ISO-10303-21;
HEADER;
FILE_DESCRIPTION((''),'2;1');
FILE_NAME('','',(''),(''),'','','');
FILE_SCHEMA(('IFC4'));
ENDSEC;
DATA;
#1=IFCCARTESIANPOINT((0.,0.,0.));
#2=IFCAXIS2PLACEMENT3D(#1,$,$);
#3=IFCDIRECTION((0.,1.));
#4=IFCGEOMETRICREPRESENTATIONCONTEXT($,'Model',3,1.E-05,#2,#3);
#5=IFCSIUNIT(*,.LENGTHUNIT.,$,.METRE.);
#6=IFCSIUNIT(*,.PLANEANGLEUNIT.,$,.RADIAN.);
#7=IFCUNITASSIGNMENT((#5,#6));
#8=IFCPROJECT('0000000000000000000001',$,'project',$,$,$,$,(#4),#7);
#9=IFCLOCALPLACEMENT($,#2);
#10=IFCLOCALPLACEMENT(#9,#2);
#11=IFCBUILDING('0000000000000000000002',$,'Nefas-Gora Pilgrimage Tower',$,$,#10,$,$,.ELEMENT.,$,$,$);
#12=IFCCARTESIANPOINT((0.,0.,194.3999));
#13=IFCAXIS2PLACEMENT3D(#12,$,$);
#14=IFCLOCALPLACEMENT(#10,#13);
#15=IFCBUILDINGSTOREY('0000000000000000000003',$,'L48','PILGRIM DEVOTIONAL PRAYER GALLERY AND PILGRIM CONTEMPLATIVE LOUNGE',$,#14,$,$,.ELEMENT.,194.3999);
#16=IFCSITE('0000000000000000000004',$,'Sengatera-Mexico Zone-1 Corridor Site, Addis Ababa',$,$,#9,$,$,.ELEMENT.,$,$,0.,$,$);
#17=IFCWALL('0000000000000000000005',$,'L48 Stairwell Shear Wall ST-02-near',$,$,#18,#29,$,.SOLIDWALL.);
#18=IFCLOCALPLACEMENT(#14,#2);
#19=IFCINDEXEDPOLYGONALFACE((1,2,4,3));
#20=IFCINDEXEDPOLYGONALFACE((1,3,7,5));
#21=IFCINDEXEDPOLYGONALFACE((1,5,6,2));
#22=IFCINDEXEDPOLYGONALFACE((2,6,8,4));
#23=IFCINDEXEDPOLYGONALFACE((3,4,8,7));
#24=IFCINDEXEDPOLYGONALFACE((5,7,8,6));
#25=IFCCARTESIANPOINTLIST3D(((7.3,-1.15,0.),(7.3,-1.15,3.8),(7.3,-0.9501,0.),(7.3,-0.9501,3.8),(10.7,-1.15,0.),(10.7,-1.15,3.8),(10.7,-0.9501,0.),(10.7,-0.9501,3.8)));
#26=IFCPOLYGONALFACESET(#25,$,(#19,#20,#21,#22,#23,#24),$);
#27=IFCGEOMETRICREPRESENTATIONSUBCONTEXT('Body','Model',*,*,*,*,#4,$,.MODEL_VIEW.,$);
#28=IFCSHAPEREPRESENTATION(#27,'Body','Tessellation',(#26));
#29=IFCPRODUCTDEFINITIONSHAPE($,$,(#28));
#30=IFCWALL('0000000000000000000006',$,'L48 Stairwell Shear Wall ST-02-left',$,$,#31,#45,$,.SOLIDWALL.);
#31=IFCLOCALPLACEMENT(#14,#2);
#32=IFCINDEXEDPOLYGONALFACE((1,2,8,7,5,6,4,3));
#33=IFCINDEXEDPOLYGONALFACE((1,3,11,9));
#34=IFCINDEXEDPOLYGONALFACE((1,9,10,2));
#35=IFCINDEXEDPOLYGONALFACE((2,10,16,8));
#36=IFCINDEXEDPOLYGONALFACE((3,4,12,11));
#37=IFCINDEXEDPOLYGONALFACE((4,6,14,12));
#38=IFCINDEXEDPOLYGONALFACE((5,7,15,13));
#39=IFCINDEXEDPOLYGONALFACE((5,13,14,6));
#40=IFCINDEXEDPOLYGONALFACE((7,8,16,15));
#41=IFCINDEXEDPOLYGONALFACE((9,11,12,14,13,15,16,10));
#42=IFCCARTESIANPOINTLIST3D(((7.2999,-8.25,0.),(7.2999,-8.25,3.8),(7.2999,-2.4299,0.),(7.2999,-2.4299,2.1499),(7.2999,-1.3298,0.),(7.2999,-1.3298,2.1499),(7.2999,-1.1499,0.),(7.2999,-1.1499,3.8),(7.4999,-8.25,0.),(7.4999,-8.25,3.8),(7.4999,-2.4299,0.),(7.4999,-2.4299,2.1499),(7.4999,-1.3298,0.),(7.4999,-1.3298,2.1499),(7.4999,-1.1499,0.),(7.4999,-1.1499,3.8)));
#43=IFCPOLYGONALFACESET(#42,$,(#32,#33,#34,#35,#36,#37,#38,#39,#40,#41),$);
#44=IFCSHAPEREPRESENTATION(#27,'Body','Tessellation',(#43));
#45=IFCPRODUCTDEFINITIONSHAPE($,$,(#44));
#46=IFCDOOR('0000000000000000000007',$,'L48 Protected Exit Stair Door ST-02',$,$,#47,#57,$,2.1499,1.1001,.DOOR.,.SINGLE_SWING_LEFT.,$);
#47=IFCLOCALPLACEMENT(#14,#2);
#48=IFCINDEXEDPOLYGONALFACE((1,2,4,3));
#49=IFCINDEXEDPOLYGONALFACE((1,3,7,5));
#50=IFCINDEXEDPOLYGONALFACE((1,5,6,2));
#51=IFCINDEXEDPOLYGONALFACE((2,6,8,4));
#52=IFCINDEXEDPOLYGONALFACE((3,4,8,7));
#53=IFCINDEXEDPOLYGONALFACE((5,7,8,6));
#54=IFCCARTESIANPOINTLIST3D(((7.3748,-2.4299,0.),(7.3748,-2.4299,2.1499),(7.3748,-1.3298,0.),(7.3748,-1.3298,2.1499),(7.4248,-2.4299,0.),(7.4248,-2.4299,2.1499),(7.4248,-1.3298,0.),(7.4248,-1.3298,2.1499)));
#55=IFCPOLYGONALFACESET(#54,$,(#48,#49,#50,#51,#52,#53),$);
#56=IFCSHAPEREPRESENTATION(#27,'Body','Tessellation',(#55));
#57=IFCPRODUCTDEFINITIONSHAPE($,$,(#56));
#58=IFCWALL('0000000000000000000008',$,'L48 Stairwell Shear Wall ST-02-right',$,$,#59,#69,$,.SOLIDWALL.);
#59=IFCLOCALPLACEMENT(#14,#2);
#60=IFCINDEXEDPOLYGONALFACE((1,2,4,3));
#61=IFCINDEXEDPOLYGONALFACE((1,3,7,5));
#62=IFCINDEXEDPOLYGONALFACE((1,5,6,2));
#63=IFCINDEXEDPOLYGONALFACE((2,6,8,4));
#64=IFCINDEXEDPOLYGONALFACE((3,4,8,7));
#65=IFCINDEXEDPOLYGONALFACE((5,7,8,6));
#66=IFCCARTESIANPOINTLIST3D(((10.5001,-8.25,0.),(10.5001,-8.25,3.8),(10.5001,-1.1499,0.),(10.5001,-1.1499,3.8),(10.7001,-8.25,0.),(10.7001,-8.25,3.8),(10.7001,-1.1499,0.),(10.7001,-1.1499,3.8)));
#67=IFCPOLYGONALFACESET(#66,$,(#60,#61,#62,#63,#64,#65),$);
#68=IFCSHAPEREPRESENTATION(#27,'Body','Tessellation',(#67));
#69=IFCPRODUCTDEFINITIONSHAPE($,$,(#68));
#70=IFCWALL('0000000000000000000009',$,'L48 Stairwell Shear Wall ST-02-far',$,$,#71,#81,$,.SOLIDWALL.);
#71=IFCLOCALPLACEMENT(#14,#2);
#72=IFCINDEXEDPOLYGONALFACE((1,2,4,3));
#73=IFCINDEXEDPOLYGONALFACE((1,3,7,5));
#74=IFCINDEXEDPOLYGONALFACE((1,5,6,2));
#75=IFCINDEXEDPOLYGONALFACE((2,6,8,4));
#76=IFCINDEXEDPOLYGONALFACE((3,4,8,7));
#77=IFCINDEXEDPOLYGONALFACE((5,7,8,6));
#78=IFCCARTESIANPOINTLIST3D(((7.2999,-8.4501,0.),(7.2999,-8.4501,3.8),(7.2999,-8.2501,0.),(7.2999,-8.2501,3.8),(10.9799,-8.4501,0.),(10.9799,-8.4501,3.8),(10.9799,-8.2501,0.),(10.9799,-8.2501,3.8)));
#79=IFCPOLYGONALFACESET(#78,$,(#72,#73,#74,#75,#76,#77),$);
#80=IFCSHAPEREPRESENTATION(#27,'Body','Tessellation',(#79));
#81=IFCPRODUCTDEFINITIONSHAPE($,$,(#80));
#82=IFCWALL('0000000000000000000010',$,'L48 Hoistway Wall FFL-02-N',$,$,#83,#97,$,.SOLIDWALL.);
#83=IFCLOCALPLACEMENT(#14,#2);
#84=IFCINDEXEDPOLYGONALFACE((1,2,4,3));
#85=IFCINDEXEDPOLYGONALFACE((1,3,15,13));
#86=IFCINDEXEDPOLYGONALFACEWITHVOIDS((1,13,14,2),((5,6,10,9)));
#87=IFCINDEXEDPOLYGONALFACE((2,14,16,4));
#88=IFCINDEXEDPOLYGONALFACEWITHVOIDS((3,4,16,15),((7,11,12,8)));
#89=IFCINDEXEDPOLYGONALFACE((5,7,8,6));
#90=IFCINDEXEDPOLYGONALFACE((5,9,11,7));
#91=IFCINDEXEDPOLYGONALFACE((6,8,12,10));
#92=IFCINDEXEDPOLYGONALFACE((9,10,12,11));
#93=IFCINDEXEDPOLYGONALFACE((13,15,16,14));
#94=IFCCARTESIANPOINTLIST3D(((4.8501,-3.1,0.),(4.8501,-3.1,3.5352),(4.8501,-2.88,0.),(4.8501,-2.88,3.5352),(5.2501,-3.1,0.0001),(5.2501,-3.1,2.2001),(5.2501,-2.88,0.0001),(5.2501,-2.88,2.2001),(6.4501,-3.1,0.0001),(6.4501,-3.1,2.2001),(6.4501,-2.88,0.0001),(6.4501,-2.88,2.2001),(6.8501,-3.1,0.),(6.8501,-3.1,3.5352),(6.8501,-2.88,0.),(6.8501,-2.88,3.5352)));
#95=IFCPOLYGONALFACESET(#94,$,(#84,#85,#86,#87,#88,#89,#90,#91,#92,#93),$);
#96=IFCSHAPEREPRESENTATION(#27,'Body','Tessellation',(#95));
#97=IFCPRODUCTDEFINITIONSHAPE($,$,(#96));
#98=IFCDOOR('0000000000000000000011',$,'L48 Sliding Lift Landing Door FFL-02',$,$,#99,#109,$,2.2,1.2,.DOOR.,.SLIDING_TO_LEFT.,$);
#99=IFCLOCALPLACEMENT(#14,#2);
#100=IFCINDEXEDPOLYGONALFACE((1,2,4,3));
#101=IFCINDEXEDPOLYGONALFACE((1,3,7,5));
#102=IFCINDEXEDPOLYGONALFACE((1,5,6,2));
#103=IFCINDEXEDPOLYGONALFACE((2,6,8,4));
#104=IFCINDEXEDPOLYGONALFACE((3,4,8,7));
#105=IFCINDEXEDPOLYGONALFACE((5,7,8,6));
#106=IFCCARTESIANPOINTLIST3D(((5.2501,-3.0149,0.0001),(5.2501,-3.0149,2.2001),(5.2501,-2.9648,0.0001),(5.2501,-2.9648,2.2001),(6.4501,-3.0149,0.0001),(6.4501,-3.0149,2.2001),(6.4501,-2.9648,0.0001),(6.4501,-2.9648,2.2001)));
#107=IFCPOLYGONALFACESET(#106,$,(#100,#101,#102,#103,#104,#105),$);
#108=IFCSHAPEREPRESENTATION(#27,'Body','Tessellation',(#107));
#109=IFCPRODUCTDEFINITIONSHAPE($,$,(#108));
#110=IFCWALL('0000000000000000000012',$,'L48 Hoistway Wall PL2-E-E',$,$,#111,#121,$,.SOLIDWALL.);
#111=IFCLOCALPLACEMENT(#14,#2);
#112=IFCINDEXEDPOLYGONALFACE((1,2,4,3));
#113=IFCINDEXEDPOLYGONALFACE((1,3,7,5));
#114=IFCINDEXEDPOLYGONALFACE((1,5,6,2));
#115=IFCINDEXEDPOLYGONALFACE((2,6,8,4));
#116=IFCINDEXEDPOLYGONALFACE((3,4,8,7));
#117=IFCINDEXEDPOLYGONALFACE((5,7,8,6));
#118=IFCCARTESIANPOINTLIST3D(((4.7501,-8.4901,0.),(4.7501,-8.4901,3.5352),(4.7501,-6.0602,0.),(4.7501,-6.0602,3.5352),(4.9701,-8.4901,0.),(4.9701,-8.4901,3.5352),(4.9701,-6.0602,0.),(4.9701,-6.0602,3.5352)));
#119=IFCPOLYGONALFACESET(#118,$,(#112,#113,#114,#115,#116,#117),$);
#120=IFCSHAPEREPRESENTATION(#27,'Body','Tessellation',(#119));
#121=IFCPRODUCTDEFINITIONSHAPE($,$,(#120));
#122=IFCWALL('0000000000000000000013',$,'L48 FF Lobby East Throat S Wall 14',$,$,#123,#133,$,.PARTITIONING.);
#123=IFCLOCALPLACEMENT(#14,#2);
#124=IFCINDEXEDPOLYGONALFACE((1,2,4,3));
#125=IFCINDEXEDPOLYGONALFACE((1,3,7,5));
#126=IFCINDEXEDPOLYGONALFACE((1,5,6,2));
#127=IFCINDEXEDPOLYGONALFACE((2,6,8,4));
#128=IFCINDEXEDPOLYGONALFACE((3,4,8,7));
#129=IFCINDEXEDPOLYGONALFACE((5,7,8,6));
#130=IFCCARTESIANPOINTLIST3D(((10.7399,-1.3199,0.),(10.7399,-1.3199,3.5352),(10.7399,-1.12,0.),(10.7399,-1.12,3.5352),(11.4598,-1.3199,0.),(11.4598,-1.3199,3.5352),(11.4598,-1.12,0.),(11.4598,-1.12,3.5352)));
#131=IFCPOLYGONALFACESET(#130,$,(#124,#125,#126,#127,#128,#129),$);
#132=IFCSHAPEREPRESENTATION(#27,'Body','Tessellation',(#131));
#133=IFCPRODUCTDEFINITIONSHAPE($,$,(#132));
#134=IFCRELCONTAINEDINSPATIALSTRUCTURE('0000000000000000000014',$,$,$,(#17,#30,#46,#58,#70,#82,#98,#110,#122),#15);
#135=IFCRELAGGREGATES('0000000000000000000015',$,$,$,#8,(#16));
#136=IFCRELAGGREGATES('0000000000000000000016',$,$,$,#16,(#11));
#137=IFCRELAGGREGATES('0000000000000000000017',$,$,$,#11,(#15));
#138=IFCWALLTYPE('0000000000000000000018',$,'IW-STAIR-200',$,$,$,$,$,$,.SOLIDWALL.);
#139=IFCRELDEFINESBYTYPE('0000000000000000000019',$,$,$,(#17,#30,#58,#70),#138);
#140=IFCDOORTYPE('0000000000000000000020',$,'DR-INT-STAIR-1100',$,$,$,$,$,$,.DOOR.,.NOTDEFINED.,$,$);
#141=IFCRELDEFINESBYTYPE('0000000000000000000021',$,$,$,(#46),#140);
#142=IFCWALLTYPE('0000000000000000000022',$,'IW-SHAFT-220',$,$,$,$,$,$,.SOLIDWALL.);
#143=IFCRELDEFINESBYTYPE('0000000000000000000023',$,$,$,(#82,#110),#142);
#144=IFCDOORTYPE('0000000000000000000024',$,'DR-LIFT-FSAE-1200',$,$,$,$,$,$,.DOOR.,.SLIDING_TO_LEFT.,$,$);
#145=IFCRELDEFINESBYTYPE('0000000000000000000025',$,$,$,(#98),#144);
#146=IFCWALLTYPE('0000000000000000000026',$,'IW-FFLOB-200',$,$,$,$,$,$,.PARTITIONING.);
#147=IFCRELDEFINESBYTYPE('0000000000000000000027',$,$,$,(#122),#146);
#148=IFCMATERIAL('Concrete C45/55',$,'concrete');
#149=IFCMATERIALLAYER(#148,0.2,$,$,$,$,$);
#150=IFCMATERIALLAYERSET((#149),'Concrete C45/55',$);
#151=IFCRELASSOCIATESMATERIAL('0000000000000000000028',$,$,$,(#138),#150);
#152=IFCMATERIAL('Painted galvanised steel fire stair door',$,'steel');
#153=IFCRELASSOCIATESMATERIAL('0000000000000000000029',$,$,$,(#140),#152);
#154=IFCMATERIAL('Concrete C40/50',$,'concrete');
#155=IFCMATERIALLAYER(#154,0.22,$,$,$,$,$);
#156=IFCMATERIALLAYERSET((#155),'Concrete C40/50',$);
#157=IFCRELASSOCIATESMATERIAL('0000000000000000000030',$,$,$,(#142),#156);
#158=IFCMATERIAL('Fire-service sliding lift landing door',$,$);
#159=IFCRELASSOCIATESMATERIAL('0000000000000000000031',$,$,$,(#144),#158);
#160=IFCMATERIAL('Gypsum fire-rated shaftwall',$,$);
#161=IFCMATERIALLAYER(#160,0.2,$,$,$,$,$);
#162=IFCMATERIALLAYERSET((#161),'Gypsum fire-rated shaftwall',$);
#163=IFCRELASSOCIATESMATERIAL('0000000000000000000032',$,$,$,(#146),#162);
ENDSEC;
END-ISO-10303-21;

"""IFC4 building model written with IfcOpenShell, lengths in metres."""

from ifc_helpers import new_model, si_unit, direction, frame, frame_2d, origin, place, context, subcontext, project, spatial, rectangle, extrude, source, transform, mapped, material, layer, layer_set, type_object, element, fill, save


model = new_model("IFC4")

# Units and contexts
model_context = context("Model", 3, precision=1e-05, world=origin(), true_north=direction((0.0, 1.0)))
body_context = subcontext(model_context, "Body", "Model", "MODEL_VIEW")
ifc_project = project(units=[si_unit("LENGTHUNIT", "METRE"), si_unit("PLANEANGLEUNIT", "RADIAN")], contexts=[model_context])

# Site, building, storey
site_placement = place(None, origin())
site = spatial("IfcSite", under=ifc_project, at=site_placement, Name="Sengatera-Mexico Zone-1 Corridor Site, Addis Ababa", CompositionType="ELEMENT", RefElevation=0.0)
building_placement = place(site_placement, origin())
building = spatial("IfcBuilding", under=site, at=building_placement, Name="Nefas-Gora Pilgrimage Tower", CompositionType="ELEMENT")
storey_placement = place(building_placement, frame((0.0, 0.0, 194.3999)))
storey = spatial("IfcBuildingStorey", under=building, at=storey_placement, Name="L48", Description="PILGRIM DEVOTIONAL PRAYER GALLERY AND PILGRIM CONTEMPLATIVE LOUNGE", CompositionType="ELEMENT", Elevation=194.3999)

# Wall
ifc_material_1 = material(Name="Concrete C45/55", Category="concrete")
ifc_layer_1 = layer(ifc_material_1, 0.2)
ifc_layer_set_1 = layer_set([ifc_layer_1], Name="Concrete C45/55")
wall_type_1 = type_object("IfcWallType", Name="IW-STAIR-200", PredefinedType="SOLIDWALL", material=ifc_layer_set_1)
shared_shape_1 = source(origin(), body_context, "Body", "SweptSolid", [
    extrude(rectangle(XDim=3.3999, YDim=0.2, at=frame_2d((1.7, 0.0))), origin(), (0.0, 0.0, 1.0), 3.8),
])
wall_1_placement = place(storey_placement, frame((7.3, -1.05, 0.0), z_axis=(0.0, 0.0, 1.0), x_axis=(1.0, 0.0, 0.0)))
element("IfcWall", 1, at=wall_1_placement, inside=storey, type_object=wall_type_1, Name="L48 Stairwell Shear Wall ST-02-near", PredefinedType="SOLIDWALL", context=body_context, shape_type="MappedRepresentation", body=[
    mapped(shared_shape_1, transform((0.0, 0.0, 0.0), x_axis=(1.0, 0.0, 0.0), y_axis=(0.0, 1.0, 0.0), z_axis=(0.0, 0.0, 1.0), scale=1.0)),
])

# Wall, opening, door
shared_shape_2 = source(origin(), body_context, "Body", "SweptSolid", [
    extrude(rectangle(XDim=7.1001, YDim=0.2, at=frame_2d((3.55, 0.0))), origin(), (0.0, 0.0, 1.0), 3.8),
])
wall_2_placement = place(storey_placement, frame((7.3999, -1.1499, 0.0), z_axis=(0.0, 0.0, 1.0), x_axis=(0.0, -1.0, 0.0)))
wall_2 = element("IfcWall", 2, at=wall_2_placement, inside=storey, type_object=wall_type_1, Name="L48 Stairwell Shear Wall ST-02-left", PredefinedType="SOLIDWALL", context=body_context, shape_type="MappedRepresentation", body=[
    mapped(shared_shape_2, transform((0.0, 0.0, 0.0), x_axis=(1.0, 0.0, 0.0), y_axis=(0.0, 1.0, 0.0), z_axis=(0.0, 0.0, 1.0), scale=1.0)),
])
opening_1_placement = place(wall_2_placement, frame((0.1799, 0.0, 0.0)))
opening_1 = element("IfcOpeningElement", 3, at=opening_1_placement, cuts=wall_2, PredefinedType="OPENING", context=body_context, shape_type="SweptSolid", body=[
    extrude(rectangle(XDim=1.1001, YDim=2.1499, at=frame_2d((0.55, 1.075))), frame((0.0, 0.1099, 0.0), z_axis=(0.0, -1.0, 0.0), x_axis=(1.0, 0.0, 0.0)), (0.0, 0.0, 1.0), 0.22),
])
ifc_material_2 = material(Name="Painted galvanised steel fire stair door", Category="steel")
door_type_1 = type_object("IfcDoorType", Name="DR-INT-STAIR-1100", OperationType="NOTDEFINED", PredefinedType="DOOR", material=ifc_material_2)
shared_shape_3 = source(origin(), body_context, "Body", "SweptSolid", [
    extrude(rectangle(XDim=1.1001, YDim=2.1499, at=frame_2d((0.55, 1.075))), frame((0.0, 0.0249, 0.0), z_axis=(0.0, -1.0, 0.0), x_axis=(1.0, 0.0, 0.0)), (0.0, 0.0, 1.0), 0.05),
])
door_1_placement = place(opening_1_placement, origin())
door_1 = element("IfcDoor", 4, at=door_1_placement, inside=storey, type_object=door_type_1, Name="L48 Protected Exit Stair Door ST-02", OperationType="SINGLE_SWING_LEFT", OverallHeight=2.1499, OverallWidth=1.1001, PredefinedType="DOOR", context=body_context, shape_type="MappedRepresentation", body=[
    mapped(shared_shape_3, transform((0.0, 0.0, 0.0), x_axis=(1.0, 0.0, 0.0), y_axis=(0.0, 1.0, 0.0), z_axis=(0.0, 0.0, 1.0), scale=1.0)),
])
fill(opening_1, door_1)

# Walls
wall_3_placement = place(storey_placement, frame((10.6001, -1.1499, 0.0), z_axis=(0.0, 0.0, 1.0), x_axis=(0.0, -1.0, 0.0)))
element("IfcWall", 5, at=wall_3_placement, inside=storey, type_object=wall_type_1, Name="L48 Stairwell Shear Wall ST-02-right", PredefinedType="SOLIDWALL", context=body_context, shape_type="MappedRepresentation", body=[
    mapped(shared_shape_2, transform((0.0, 0.0, 0.0), x_axis=(1.0, 0.0, 0.0), y_axis=(0.0, 1.0, 0.0), z_axis=(0.0, 0.0, 1.0), scale=1.0)),
])
shared_shape_4 = source(origin(), body_context, "Body", "SweptSolid", [
    extrude(rectangle(XDim=3.6799, YDim=0.2, at=frame_2d((1.8398, 0.0))), origin(), (0.0, 0.0, 1.0), 3.8),
])
wall_4_placement = place(storey_placement, frame((7.3, -8.3501, 0.0), z_axis=(0.0, 0.0, 1.0), x_axis=(1.0, 0.0, 0.0)))
element("IfcWall", 6, at=wall_4_placement, inside=storey, type_object=wall_type_1, Name="L48 Stairwell Shear Wall ST-02-far", PredefinedType="SOLIDWALL", context=body_context, shape_type="MappedRepresentation", body=[
    mapped(shared_shape_4, transform((0.0, 0.0, 0.0), x_axis=(1.0, 0.0, 0.0), y_axis=(0.0, 1.0, 0.0), z_axis=(0.0, 0.0, 1.0), scale=1.0)),
])

# Wall, opening, door
ifc_material_3 = material(Name="Concrete C40/50", Category="concrete")
ifc_layer_2 = layer(ifc_material_3, 0.22)
ifc_layer_set_2 = layer_set([ifc_layer_2], Name="Concrete C40/50")
wall_type_2 = type_object("IfcWallType", Name="IW-SHAFT-220", PredefinedType="SOLIDWALL", material=ifc_layer_set_2)
shared_shape_5 = source(origin(), body_context, "Body", "SweptSolid", [
    extrude(rectangle(XDim=2.0, YDim=0.22, at=frame_2d((1.0, 0.0))), origin(), (0.0, 0.0, 1.0), 3.5352),
])
wall_5_placement = place(storey_placement, frame((6.8501, -2.99, 0.0), z_axis=(0.0, 0.0, 1.0), x_axis=(-1.0, 0.0, 0.0)))
wall_5 = element("IfcWall", 7, at=wall_5_placement, inside=storey, type_object=wall_type_2, Name="L48 Hoistway Wall FFL-02-N", PredefinedType="SOLIDWALL", context=body_context, shape_type="MappedRepresentation", body=[
    mapped(shared_shape_5, transform((0.0, 0.0, 0.0), x_axis=(1.0, 0.0, 0.0), y_axis=(0.0, 1.0, 0.0), z_axis=(0.0, 0.0, 1.0), scale=1.0)),
])
opening_2_placement = place(wall_5_placement, frame((0.3999, 0.0, 0.0)))
opening_2 = element("IfcOpeningElement", 8, at=opening_2_placement, cuts=wall_5, PredefinedType="OPENING", context=body_context, shape_type="SweptSolid", body=[
    extrude(rectangle(XDim=1.2, YDim=2.2, at=frame_2d((0.6001, 1.1001))), frame((0.0, 0.1199, 0.0), z_axis=(0.0, -1.0, 0.0), x_axis=(1.0, 0.0, 0.0)), (0.0, 0.0, 1.0), 0.24),
])
ifc_material_4 = material(Name="Fire-service sliding lift landing door")
door_type_2 = type_object("IfcDoorType", Name="DR-LIFT-FSAE-1200", OperationType="SLIDING_TO_LEFT", PredefinedType="DOOR", material=ifc_material_4)
shared_shape_6 = source(origin(), body_context, "Body", "SweptSolid", [
    extrude(rectangle(XDim=1.2, YDim=2.2, at=frame_2d((0.6001, 1.1001))), frame((0.0, 0.0249, 0.0), z_axis=(0.0, -1.0, 0.0), x_axis=(1.0, 0.0, 0.0)), (0.0, 0.0, 1.0), 0.05),
])
door_2_placement = place(opening_2_placement, origin())
door_2 = element("IfcDoor", 9, at=door_2_placement, inside=storey, type_object=door_type_2, Name="L48 Sliding Lift Landing Door FFL-02", OperationType="SLIDING_TO_LEFT", OverallHeight=2.2, OverallWidth=1.2, PredefinedType="DOOR", context=body_context, shape_type="MappedRepresentation", body=[
    mapped(shared_shape_6, transform((0.0, 0.0, 0.0), x_axis=(1.0, 0.0, 0.0), y_axis=(0.0, 1.0, 0.0), z_axis=(0.0, 0.0, 1.0), scale=1.0)),
])
fill(opening_2, door_2)

# Walls
shared_shape_7 = source(origin(), body_context, "Body", "SweptSolid", [
    extrude(rectangle(XDim=2.4299, YDim=0.22, at=frame_2d((1.2148, 0.0))), origin(), (0.0, 0.0, 1.0), 3.5352),
])
wall_6_placement = place(storey_placement, frame((4.8601, -8.49, 0.0), z_axis=(0.0, 0.0, 1.0), x_axis=(0.0, 1.0, 0.0)))
element("IfcWall", 10, at=wall_6_placement, inside=storey, type_object=wall_type_2, Name="L48 Hoistway Wall PL2-E-E", PredefinedType="SOLIDWALL", context=body_context, shape_type="MappedRepresentation", body=[
    mapped(shared_shape_7, transform((0.0, 0.0, 0.0), x_axis=(1.0, 0.0, 0.0), y_axis=(0.0, 1.0, 0.0), z_axis=(0.0, 0.0, 1.0), scale=1.0)),
])
ifc_material_5 = material(Name="Gypsum fire-rated shaftwall")
ifc_layer_3 = layer(ifc_material_5, 0.2)
ifc_layer_set_3 = layer_set([ifc_layer_3], Name="Gypsum fire-rated shaftwall")
wall_type_3 = type_object("IfcWallType", Name="IW-FFLOB-200", PredefinedType="PARTITIONING", material=ifc_layer_set_3)
shared_shape_8 = source(origin(), body_context, "Body", "SweptSolid", [
    extrude(rectangle(XDim=0.72, YDim=0.2, at=frame_2d((0.3599, 0.0))), origin(), (0.0, 0.0, 1.0), 3.5352),
])
wall_7_placement = place(storey_placement, frame((10.74, -1.22, 0.0), z_axis=(0.0, 0.0, 1.0), x_axis=(1.0, 0.0, 0.0)))
element("IfcWall", 11, at=wall_7_placement, inside=storey, type_object=wall_type_3, Name="L48 FF Lobby East Throat S Wall 14", PredefinedType="PARTITIONING", context=body_context, shape_type="MappedRepresentation", body=[
    mapped(shared_shape_8, transform((0.0, 0.0, 0.0), x_axis=(1.0, 0.0, 0.0), y_axis=(0.0, 1.0, 0.0), z_axis=(0.0, 0.0, 1.0), scale=1.0)),
])

save(model, "model.ifc")
